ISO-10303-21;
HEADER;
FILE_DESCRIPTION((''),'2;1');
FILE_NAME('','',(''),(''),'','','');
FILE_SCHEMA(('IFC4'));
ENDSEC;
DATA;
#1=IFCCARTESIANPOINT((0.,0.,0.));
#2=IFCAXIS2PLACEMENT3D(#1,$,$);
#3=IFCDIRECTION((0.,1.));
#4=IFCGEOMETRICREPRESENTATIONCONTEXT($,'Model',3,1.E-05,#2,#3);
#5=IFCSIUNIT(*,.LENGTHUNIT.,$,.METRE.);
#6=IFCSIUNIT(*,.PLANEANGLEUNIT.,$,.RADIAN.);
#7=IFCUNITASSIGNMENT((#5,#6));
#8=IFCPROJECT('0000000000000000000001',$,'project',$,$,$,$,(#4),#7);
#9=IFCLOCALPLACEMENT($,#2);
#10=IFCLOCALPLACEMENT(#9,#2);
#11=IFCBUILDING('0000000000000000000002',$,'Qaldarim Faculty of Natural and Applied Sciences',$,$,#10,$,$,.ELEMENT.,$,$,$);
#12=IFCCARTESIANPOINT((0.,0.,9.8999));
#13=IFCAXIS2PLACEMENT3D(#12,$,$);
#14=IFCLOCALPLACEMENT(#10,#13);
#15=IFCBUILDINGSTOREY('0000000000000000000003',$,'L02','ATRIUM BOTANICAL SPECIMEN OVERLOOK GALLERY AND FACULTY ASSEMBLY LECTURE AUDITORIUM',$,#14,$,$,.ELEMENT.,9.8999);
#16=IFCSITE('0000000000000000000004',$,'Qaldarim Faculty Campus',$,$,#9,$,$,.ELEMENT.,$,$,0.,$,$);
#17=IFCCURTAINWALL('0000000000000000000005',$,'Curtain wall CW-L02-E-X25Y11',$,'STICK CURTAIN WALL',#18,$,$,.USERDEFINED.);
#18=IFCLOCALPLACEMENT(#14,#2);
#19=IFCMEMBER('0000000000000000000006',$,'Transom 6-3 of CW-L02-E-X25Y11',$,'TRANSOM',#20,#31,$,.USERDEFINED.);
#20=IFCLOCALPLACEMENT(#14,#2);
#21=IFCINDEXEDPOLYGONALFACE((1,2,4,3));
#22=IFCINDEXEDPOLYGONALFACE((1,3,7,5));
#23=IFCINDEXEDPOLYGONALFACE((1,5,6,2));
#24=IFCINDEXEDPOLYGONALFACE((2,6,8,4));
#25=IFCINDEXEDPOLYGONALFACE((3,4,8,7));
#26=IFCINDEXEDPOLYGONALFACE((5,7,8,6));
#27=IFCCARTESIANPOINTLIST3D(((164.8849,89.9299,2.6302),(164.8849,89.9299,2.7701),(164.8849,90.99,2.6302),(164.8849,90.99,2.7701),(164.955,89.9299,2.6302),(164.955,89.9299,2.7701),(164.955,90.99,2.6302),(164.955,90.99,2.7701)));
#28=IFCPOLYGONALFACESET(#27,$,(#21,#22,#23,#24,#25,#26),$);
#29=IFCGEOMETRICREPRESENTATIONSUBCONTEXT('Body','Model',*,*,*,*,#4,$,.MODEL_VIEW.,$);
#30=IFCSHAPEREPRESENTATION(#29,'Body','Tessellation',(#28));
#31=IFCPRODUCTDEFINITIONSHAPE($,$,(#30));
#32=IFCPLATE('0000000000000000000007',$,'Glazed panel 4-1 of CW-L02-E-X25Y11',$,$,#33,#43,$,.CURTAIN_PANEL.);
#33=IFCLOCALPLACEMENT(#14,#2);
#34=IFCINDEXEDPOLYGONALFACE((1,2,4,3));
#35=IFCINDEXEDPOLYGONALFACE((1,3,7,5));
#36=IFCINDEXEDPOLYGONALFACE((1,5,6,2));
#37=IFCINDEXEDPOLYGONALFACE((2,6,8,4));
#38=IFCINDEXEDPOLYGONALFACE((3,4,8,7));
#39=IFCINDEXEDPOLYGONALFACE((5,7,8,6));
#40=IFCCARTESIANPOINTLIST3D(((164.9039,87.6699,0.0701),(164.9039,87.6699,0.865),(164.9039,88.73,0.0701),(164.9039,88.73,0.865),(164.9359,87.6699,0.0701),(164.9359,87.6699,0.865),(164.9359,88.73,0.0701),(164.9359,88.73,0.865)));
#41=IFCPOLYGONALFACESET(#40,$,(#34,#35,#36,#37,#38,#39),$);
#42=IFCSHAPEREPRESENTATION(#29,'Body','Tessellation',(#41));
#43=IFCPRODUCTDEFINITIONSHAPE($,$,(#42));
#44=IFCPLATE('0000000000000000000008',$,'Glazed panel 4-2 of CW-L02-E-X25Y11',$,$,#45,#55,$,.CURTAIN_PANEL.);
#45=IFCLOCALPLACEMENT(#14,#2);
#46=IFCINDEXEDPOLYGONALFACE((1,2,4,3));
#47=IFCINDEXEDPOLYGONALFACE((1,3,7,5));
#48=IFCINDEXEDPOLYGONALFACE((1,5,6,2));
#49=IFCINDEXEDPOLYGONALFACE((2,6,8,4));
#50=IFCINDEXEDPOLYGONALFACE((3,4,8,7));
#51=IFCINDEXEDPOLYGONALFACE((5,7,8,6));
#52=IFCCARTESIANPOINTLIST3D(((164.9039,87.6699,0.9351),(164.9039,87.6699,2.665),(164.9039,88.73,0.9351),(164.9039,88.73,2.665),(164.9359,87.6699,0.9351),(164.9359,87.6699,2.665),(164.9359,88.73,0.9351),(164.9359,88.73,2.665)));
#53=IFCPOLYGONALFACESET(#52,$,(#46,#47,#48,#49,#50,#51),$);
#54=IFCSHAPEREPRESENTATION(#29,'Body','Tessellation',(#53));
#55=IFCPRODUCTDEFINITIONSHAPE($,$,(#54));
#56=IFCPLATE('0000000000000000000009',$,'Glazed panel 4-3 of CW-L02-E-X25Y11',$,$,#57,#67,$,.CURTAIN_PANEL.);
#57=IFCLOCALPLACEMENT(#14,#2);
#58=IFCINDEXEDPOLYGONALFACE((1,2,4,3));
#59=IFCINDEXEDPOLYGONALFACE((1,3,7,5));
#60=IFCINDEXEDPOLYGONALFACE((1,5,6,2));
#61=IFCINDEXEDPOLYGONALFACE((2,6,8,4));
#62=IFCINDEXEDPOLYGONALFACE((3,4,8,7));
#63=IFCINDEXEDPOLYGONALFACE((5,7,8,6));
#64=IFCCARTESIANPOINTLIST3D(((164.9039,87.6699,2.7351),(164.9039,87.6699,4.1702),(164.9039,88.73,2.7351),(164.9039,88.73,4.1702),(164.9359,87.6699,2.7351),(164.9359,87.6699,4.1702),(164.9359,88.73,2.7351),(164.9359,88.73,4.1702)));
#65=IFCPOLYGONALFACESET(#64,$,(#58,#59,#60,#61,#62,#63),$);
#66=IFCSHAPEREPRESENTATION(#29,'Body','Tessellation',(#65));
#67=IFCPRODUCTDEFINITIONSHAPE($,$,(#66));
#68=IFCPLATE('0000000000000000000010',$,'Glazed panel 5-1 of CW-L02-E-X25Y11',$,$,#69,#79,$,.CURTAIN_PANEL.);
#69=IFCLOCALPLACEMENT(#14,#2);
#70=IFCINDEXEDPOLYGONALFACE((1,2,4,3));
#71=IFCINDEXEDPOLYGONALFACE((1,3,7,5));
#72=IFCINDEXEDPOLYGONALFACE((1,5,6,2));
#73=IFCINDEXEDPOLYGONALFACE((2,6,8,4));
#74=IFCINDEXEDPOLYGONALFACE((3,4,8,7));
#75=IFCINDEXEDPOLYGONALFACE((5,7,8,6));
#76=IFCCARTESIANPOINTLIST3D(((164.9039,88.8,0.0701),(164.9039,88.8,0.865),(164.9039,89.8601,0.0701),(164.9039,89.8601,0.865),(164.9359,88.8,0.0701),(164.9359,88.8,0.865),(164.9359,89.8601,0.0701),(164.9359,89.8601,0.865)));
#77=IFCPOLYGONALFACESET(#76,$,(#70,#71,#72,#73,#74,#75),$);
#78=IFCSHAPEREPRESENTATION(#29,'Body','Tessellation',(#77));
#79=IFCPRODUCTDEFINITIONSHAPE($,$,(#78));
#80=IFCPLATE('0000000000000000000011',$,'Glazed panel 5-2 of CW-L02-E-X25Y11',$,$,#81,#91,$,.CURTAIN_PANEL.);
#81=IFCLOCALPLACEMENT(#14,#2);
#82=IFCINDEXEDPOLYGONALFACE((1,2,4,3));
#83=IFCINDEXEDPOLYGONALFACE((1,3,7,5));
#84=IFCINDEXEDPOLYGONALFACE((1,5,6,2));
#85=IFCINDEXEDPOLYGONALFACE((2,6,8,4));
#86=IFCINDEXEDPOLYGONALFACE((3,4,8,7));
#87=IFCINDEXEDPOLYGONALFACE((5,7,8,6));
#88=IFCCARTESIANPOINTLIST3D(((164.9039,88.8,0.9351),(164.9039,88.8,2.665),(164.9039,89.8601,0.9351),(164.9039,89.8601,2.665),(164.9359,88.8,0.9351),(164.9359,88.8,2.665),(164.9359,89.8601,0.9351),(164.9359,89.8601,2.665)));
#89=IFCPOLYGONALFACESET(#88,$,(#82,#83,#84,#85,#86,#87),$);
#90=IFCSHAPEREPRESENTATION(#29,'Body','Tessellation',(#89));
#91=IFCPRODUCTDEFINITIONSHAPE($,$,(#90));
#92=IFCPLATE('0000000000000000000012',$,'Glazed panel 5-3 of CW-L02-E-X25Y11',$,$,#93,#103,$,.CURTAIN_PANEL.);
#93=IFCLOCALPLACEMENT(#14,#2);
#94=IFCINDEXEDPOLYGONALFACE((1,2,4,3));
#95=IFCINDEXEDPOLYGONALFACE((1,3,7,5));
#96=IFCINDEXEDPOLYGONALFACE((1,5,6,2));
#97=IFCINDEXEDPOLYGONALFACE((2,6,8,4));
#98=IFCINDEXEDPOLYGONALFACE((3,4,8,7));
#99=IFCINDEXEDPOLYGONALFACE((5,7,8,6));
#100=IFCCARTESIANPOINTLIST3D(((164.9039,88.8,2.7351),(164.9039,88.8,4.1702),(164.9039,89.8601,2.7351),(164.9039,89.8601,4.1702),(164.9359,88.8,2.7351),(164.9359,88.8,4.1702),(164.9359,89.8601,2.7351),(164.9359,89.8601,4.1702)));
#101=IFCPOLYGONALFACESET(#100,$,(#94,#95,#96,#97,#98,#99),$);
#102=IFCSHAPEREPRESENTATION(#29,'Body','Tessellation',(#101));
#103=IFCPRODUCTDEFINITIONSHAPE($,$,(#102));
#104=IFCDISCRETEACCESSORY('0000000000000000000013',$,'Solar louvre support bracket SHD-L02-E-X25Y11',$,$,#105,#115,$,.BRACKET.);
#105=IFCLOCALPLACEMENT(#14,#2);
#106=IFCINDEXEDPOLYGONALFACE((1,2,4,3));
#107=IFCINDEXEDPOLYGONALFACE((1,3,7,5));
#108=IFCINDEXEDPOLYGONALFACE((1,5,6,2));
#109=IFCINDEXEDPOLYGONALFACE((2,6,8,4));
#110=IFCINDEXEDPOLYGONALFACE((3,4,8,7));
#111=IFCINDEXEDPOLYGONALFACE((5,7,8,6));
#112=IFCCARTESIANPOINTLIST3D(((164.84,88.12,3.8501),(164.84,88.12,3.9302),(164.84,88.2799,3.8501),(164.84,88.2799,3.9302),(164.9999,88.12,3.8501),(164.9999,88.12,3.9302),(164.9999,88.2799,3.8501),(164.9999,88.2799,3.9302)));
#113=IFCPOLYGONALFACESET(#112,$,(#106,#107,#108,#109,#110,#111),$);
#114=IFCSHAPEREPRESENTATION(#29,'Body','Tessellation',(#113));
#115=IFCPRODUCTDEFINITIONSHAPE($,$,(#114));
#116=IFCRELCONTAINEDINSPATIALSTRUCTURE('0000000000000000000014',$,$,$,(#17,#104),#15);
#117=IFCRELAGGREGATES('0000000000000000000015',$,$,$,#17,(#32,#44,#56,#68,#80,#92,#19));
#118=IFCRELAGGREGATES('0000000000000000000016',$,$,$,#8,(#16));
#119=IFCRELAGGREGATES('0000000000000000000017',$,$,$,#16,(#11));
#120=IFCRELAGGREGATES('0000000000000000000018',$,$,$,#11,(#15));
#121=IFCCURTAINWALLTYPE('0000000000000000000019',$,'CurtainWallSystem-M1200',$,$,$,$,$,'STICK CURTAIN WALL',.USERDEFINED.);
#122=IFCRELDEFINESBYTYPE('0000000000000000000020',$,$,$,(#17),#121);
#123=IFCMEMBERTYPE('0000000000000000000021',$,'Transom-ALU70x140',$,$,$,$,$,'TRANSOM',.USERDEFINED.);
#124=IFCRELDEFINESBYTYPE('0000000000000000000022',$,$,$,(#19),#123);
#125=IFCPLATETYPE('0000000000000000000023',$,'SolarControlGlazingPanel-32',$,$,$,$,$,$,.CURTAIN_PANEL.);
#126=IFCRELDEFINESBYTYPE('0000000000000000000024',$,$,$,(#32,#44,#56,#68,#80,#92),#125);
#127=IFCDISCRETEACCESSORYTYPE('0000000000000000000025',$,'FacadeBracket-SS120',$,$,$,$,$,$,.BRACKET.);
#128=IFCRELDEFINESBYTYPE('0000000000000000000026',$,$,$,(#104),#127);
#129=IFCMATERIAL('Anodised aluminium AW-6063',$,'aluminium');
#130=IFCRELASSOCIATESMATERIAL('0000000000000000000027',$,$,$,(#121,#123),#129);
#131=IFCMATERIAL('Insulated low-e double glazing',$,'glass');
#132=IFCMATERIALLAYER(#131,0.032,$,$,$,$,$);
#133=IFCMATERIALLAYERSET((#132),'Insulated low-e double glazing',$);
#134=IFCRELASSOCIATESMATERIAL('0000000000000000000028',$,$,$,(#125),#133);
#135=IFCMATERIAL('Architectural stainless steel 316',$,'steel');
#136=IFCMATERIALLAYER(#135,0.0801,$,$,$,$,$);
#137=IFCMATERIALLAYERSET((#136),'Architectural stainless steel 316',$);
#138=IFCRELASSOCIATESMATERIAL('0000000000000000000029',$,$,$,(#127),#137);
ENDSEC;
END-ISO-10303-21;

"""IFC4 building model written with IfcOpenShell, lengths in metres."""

from ifc_helpers import new_model, si_unit, direction, frame, origin, origin_2d, place, context, subcontext, project, spatial, rectangle, extrude, material, layer, layer_set, material_profile, profile_set, type_object, element, aggregate, save


model = new_model("IFC4")

# Units and contexts
model_context = context("Model", 3, precision=1e-05, world=origin(), true_north=direction((0.0, 1.0)))
body_context = subcontext(model_context, "Body", "Model", "MODEL_VIEW")
ifc_project = project(units=[si_unit("LENGTHUNIT", "METRE"), si_unit("PLANEANGLEUNIT", "RADIAN")], contexts=[model_context])

# Site, building, storey
site_placement = place(None, origin())
site = spatial("IfcSite", under=ifc_project, at=site_placement, Name="Qaldarim Faculty Campus", CompositionType="ELEMENT", RefElevation=0.0)
building_placement = place(site_placement, origin())
building = spatial("IfcBuilding", under=site, at=building_placement, Name="Qaldarim Faculty of Natural and Applied Sciences", CompositionType="ELEMENT")
storey_placement = place(building_placement, frame((0.0, 0.0, 9.8999)))
storey = spatial("IfcBuildingStorey", under=building, at=storey_placement, Name="L02", Description="ATRIUM BOTANICAL SPECIMEN OVERLOOK GALLERY AND FACULTY ASSEMBLY LECTURE AUDITORIUM", CompositionType="ELEMENT", Elevation=9.8999)

# Curtain wall
ifc_material_1 = material(Name="Anodised aluminium AW-6063", Category="aluminium")
curtain_wall_type = type_object("IfcCurtainWallType", Name="CurtainWallSystem-M1200", ElementType="STICK CURTAIN WALL", PredefinedType="USERDEFINED", material=ifc_material_1)
curtain_wall_placement = place(storey_placement, origin())
curtain_wall = element("IfcCurtainWall", 1, at=curtain_wall_placement, inside=storey, type_object=curtain_wall_type, Name="Curtain wall CW-L02-E-X25Y11", ObjectType="STICK CURTAIN WALL", PredefinedType="USERDEFINED")

# Member
ifc_material_profile_1 = material_profile(ifc_material_1, rectangle(XDim=0.0701, YDim=0.1399, at=origin_2d()), Name="ALU-T70x140")
ifc_profile_set_1 = profile_set([ifc_material_profile_1], Name="Anodised aluminium AW-6063")
member_type_1 = type_object("IfcMemberType", Name="Transom-ALU70x140", ElementType="TRANSOM", PredefinedType="USERDEFINED", material=ifc_profile_set_1)
member_1_placement = place(storey_placement, frame((164.9199, 89.9299, 2.7002), z_axis=(0.0, 1.0, 0.0), x_axis=(-1.0, 0.0, 0.0)))
member_1 = element("IfcMember", 2, at=member_1_placement, type_object=member_type_1, Name="Transom 6-3 of CW-L02-E-X25Y11", ObjectType="TRANSOM", PredefinedType="USERDEFINED", context=body_context, shape_type="SweptSolid", body=[
    extrude(rectangle(XDim=0.0701, YDim=0.1399, at=origin_2d()), origin(), (0.0, 0.0, 1.0), 1.0601),
])

# Plates
ifc_material_2 = material(Name="Insulated low-e double glazing", Category="glass")
ifc_layer_1 = layer(ifc_material_2, 0.032)
ifc_layer_set_1 = layer_set([ifc_layer_1], Name="Insulated low-e double glazing")
plate_type = type_object("IfcPlateType", Name="SolarControlGlazingPanel-32", PredefinedType="CURTAIN_PANEL", material=ifc_layer_set_1)
plate_1_placement = place(storey_placement, frame((164.9199, 88.2, 0.0701), z_axis=(0.0, 0.0, 1.0), x_axis=(0.0, 1.0, 0.0)))
plate_1 = element("IfcPlate", 3, at=plate_1_placement, type_object=plate_type, Name="Glazed panel 4-1 of CW-L02-E-X25Y11", PredefinedType="CURTAIN_PANEL", context=body_context, shape_type="SweptSolid", body=[
    extrude(rectangle(XDim=1.0601, YDim=0.032, at=origin_2d()), origin(), (0.0, 0.0, 1.0), 0.7949),
])
plate_2_placement = place(storey_placement, frame((164.9199, 88.2, 0.9351), z_axis=(0.0, 0.0, 1.0), x_axis=(0.0, 1.0, 0.0)))
plate_2 = element("IfcPlate", 4, at=plate_2_placement, type_object=plate_type, Name="Glazed panel 4-2 of CW-L02-E-X25Y11", PredefinedType="CURTAIN_PANEL", context=body_context, shape_type="SweptSolid", body=[
    extrude(rectangle(XDim=1.0601, YDim=0.032, at=origin_2d()), origin(), (0.0, 0.0, 1.0), 1.73),
])
plate_3_placement = place(storey_placement, frame((164.9199, 88.2, 2.7351), z_axis=(0.0, 0.0, 1.0), x_axis=(0.0, 1.0, 0.0)))
plate_3 = element("IfcPlate", 5, at=plate_3_placement, type_object=plate_type, Name="Glazed panel 4-3 of CW-L02-E-X25Y11", PredefinedType="CURTAIN_PANEL", context=body_context, shape_type="SweptSolid", body=[
    extrude(rectangle(XDim=1.0601, YDim=0.032, at=origin_2d()), origin(), (0.0, 0.0, 1.0), 1.4351),
])
plate_4_placement = place(storey_placement, frame((164.9199, 89.3301, 0.0701), z_axis=(0.0, 0.0, 1.0), x_axis=(0.0, 1.0, 0.0)))
plate_4 = element("IfcPlate", 6, at=plate_4_placement, type_object=plate_type, Name="Glazed panel 5-1 of CW-L02-E-X25Y11", PredefinedType="CURTAIN_PANEL", context=body_context, shape_type="SweptSolid", body=[
    extrude(rectangle(XDim=1.0601, YDim=0.032, at=origin_2d()), origin(), (0.0, 0.0, 1.0), 0.7949),
])
plate_5_placement = place(storey_placement, frame((164.9199, 89.3301, 0.9351), z_axis=(0.0, 0.0, 1.0), x_axis=(0.0, 1.0, 0.0)))
plate_5 = element("IfcPlate", 7, at=plate_5_placement, type_object=plate_type, Name="Glazed panel 5-2 of CW-L02-E-X25Y11", PredefinedType="CURTAIN_PANEL", context=body_context, shape_type="SweptSolid", body=[
    extrude(rectangle(XDim=1.0601, YDim=0.032, at=origin_2d()), origin(), (0.0, 0.0, 1.0), 1.73),
])
plate_6_placement = place(storey_placement, frame((164.9199, 89.3301, 2.7351), z_axis=(0.0, 0.0, 1.0), x_axis=(0.0, 1.0, 0.0)))
plate_6 = element("IfcPlate", 8, at=plate_6_placement, type_object=plate_type, Name="Glazed panel 5-3 of CW-L02-E-X25Y11", PredefinedType="CURTAIN_PANEL", context=body_context, shape_type="SweptSolid", body=[
    extrude(rectangle(XDim=1.0601, YDim=0.032, at=origin_2d()), origin(), (0.0, 0.0, 1.0), 1.4351),
])
aggregate(curtain_wall, [plate_1, plate_2, plate_3, plate_4, plate_5, plate_6, member_1])

# Discrete accessory
ifc_material_3 = material(Name="Architectural stainless steel 316", Category="steel")
ifc_layer_2 = layer(ifc_material_3, 0.0801)
ifc_layer_set_2 = layer_set([ifc_layer_2], Name="Architectural stainless steel 316")
discrete_accessory_type = type_object("IfcDiscreteAccessoryType", Name="FacadeBracket-SS120", PredefinedType="BRACKET", material=ifc_layer_set_2)
discrete_accessory_placement = place(storey_placement, frame((164.9199, 88.2, 3.8501), z_axis=(0.0, 0.0, 1.0), x_axis=(0.0, 1.0, 0.0)))
element("IfcDiscreteAccessory", 9, at=discrete_accessory_placement, inside=storey, type_object=discrete_accessory_type, Name="Solar louvre support bracket SHD-L02-E-X25Y11", PredefinedType="BRACKET", context=body_context, shape_type="SweptSolid", body=[
    extrude(rectangle(XDim=0.1599, YDim=0.1599, at=origin_2d()), origin(), (0.0, 0.0, 1.0), 0.0801),
])

save(model, "model.ifc")
